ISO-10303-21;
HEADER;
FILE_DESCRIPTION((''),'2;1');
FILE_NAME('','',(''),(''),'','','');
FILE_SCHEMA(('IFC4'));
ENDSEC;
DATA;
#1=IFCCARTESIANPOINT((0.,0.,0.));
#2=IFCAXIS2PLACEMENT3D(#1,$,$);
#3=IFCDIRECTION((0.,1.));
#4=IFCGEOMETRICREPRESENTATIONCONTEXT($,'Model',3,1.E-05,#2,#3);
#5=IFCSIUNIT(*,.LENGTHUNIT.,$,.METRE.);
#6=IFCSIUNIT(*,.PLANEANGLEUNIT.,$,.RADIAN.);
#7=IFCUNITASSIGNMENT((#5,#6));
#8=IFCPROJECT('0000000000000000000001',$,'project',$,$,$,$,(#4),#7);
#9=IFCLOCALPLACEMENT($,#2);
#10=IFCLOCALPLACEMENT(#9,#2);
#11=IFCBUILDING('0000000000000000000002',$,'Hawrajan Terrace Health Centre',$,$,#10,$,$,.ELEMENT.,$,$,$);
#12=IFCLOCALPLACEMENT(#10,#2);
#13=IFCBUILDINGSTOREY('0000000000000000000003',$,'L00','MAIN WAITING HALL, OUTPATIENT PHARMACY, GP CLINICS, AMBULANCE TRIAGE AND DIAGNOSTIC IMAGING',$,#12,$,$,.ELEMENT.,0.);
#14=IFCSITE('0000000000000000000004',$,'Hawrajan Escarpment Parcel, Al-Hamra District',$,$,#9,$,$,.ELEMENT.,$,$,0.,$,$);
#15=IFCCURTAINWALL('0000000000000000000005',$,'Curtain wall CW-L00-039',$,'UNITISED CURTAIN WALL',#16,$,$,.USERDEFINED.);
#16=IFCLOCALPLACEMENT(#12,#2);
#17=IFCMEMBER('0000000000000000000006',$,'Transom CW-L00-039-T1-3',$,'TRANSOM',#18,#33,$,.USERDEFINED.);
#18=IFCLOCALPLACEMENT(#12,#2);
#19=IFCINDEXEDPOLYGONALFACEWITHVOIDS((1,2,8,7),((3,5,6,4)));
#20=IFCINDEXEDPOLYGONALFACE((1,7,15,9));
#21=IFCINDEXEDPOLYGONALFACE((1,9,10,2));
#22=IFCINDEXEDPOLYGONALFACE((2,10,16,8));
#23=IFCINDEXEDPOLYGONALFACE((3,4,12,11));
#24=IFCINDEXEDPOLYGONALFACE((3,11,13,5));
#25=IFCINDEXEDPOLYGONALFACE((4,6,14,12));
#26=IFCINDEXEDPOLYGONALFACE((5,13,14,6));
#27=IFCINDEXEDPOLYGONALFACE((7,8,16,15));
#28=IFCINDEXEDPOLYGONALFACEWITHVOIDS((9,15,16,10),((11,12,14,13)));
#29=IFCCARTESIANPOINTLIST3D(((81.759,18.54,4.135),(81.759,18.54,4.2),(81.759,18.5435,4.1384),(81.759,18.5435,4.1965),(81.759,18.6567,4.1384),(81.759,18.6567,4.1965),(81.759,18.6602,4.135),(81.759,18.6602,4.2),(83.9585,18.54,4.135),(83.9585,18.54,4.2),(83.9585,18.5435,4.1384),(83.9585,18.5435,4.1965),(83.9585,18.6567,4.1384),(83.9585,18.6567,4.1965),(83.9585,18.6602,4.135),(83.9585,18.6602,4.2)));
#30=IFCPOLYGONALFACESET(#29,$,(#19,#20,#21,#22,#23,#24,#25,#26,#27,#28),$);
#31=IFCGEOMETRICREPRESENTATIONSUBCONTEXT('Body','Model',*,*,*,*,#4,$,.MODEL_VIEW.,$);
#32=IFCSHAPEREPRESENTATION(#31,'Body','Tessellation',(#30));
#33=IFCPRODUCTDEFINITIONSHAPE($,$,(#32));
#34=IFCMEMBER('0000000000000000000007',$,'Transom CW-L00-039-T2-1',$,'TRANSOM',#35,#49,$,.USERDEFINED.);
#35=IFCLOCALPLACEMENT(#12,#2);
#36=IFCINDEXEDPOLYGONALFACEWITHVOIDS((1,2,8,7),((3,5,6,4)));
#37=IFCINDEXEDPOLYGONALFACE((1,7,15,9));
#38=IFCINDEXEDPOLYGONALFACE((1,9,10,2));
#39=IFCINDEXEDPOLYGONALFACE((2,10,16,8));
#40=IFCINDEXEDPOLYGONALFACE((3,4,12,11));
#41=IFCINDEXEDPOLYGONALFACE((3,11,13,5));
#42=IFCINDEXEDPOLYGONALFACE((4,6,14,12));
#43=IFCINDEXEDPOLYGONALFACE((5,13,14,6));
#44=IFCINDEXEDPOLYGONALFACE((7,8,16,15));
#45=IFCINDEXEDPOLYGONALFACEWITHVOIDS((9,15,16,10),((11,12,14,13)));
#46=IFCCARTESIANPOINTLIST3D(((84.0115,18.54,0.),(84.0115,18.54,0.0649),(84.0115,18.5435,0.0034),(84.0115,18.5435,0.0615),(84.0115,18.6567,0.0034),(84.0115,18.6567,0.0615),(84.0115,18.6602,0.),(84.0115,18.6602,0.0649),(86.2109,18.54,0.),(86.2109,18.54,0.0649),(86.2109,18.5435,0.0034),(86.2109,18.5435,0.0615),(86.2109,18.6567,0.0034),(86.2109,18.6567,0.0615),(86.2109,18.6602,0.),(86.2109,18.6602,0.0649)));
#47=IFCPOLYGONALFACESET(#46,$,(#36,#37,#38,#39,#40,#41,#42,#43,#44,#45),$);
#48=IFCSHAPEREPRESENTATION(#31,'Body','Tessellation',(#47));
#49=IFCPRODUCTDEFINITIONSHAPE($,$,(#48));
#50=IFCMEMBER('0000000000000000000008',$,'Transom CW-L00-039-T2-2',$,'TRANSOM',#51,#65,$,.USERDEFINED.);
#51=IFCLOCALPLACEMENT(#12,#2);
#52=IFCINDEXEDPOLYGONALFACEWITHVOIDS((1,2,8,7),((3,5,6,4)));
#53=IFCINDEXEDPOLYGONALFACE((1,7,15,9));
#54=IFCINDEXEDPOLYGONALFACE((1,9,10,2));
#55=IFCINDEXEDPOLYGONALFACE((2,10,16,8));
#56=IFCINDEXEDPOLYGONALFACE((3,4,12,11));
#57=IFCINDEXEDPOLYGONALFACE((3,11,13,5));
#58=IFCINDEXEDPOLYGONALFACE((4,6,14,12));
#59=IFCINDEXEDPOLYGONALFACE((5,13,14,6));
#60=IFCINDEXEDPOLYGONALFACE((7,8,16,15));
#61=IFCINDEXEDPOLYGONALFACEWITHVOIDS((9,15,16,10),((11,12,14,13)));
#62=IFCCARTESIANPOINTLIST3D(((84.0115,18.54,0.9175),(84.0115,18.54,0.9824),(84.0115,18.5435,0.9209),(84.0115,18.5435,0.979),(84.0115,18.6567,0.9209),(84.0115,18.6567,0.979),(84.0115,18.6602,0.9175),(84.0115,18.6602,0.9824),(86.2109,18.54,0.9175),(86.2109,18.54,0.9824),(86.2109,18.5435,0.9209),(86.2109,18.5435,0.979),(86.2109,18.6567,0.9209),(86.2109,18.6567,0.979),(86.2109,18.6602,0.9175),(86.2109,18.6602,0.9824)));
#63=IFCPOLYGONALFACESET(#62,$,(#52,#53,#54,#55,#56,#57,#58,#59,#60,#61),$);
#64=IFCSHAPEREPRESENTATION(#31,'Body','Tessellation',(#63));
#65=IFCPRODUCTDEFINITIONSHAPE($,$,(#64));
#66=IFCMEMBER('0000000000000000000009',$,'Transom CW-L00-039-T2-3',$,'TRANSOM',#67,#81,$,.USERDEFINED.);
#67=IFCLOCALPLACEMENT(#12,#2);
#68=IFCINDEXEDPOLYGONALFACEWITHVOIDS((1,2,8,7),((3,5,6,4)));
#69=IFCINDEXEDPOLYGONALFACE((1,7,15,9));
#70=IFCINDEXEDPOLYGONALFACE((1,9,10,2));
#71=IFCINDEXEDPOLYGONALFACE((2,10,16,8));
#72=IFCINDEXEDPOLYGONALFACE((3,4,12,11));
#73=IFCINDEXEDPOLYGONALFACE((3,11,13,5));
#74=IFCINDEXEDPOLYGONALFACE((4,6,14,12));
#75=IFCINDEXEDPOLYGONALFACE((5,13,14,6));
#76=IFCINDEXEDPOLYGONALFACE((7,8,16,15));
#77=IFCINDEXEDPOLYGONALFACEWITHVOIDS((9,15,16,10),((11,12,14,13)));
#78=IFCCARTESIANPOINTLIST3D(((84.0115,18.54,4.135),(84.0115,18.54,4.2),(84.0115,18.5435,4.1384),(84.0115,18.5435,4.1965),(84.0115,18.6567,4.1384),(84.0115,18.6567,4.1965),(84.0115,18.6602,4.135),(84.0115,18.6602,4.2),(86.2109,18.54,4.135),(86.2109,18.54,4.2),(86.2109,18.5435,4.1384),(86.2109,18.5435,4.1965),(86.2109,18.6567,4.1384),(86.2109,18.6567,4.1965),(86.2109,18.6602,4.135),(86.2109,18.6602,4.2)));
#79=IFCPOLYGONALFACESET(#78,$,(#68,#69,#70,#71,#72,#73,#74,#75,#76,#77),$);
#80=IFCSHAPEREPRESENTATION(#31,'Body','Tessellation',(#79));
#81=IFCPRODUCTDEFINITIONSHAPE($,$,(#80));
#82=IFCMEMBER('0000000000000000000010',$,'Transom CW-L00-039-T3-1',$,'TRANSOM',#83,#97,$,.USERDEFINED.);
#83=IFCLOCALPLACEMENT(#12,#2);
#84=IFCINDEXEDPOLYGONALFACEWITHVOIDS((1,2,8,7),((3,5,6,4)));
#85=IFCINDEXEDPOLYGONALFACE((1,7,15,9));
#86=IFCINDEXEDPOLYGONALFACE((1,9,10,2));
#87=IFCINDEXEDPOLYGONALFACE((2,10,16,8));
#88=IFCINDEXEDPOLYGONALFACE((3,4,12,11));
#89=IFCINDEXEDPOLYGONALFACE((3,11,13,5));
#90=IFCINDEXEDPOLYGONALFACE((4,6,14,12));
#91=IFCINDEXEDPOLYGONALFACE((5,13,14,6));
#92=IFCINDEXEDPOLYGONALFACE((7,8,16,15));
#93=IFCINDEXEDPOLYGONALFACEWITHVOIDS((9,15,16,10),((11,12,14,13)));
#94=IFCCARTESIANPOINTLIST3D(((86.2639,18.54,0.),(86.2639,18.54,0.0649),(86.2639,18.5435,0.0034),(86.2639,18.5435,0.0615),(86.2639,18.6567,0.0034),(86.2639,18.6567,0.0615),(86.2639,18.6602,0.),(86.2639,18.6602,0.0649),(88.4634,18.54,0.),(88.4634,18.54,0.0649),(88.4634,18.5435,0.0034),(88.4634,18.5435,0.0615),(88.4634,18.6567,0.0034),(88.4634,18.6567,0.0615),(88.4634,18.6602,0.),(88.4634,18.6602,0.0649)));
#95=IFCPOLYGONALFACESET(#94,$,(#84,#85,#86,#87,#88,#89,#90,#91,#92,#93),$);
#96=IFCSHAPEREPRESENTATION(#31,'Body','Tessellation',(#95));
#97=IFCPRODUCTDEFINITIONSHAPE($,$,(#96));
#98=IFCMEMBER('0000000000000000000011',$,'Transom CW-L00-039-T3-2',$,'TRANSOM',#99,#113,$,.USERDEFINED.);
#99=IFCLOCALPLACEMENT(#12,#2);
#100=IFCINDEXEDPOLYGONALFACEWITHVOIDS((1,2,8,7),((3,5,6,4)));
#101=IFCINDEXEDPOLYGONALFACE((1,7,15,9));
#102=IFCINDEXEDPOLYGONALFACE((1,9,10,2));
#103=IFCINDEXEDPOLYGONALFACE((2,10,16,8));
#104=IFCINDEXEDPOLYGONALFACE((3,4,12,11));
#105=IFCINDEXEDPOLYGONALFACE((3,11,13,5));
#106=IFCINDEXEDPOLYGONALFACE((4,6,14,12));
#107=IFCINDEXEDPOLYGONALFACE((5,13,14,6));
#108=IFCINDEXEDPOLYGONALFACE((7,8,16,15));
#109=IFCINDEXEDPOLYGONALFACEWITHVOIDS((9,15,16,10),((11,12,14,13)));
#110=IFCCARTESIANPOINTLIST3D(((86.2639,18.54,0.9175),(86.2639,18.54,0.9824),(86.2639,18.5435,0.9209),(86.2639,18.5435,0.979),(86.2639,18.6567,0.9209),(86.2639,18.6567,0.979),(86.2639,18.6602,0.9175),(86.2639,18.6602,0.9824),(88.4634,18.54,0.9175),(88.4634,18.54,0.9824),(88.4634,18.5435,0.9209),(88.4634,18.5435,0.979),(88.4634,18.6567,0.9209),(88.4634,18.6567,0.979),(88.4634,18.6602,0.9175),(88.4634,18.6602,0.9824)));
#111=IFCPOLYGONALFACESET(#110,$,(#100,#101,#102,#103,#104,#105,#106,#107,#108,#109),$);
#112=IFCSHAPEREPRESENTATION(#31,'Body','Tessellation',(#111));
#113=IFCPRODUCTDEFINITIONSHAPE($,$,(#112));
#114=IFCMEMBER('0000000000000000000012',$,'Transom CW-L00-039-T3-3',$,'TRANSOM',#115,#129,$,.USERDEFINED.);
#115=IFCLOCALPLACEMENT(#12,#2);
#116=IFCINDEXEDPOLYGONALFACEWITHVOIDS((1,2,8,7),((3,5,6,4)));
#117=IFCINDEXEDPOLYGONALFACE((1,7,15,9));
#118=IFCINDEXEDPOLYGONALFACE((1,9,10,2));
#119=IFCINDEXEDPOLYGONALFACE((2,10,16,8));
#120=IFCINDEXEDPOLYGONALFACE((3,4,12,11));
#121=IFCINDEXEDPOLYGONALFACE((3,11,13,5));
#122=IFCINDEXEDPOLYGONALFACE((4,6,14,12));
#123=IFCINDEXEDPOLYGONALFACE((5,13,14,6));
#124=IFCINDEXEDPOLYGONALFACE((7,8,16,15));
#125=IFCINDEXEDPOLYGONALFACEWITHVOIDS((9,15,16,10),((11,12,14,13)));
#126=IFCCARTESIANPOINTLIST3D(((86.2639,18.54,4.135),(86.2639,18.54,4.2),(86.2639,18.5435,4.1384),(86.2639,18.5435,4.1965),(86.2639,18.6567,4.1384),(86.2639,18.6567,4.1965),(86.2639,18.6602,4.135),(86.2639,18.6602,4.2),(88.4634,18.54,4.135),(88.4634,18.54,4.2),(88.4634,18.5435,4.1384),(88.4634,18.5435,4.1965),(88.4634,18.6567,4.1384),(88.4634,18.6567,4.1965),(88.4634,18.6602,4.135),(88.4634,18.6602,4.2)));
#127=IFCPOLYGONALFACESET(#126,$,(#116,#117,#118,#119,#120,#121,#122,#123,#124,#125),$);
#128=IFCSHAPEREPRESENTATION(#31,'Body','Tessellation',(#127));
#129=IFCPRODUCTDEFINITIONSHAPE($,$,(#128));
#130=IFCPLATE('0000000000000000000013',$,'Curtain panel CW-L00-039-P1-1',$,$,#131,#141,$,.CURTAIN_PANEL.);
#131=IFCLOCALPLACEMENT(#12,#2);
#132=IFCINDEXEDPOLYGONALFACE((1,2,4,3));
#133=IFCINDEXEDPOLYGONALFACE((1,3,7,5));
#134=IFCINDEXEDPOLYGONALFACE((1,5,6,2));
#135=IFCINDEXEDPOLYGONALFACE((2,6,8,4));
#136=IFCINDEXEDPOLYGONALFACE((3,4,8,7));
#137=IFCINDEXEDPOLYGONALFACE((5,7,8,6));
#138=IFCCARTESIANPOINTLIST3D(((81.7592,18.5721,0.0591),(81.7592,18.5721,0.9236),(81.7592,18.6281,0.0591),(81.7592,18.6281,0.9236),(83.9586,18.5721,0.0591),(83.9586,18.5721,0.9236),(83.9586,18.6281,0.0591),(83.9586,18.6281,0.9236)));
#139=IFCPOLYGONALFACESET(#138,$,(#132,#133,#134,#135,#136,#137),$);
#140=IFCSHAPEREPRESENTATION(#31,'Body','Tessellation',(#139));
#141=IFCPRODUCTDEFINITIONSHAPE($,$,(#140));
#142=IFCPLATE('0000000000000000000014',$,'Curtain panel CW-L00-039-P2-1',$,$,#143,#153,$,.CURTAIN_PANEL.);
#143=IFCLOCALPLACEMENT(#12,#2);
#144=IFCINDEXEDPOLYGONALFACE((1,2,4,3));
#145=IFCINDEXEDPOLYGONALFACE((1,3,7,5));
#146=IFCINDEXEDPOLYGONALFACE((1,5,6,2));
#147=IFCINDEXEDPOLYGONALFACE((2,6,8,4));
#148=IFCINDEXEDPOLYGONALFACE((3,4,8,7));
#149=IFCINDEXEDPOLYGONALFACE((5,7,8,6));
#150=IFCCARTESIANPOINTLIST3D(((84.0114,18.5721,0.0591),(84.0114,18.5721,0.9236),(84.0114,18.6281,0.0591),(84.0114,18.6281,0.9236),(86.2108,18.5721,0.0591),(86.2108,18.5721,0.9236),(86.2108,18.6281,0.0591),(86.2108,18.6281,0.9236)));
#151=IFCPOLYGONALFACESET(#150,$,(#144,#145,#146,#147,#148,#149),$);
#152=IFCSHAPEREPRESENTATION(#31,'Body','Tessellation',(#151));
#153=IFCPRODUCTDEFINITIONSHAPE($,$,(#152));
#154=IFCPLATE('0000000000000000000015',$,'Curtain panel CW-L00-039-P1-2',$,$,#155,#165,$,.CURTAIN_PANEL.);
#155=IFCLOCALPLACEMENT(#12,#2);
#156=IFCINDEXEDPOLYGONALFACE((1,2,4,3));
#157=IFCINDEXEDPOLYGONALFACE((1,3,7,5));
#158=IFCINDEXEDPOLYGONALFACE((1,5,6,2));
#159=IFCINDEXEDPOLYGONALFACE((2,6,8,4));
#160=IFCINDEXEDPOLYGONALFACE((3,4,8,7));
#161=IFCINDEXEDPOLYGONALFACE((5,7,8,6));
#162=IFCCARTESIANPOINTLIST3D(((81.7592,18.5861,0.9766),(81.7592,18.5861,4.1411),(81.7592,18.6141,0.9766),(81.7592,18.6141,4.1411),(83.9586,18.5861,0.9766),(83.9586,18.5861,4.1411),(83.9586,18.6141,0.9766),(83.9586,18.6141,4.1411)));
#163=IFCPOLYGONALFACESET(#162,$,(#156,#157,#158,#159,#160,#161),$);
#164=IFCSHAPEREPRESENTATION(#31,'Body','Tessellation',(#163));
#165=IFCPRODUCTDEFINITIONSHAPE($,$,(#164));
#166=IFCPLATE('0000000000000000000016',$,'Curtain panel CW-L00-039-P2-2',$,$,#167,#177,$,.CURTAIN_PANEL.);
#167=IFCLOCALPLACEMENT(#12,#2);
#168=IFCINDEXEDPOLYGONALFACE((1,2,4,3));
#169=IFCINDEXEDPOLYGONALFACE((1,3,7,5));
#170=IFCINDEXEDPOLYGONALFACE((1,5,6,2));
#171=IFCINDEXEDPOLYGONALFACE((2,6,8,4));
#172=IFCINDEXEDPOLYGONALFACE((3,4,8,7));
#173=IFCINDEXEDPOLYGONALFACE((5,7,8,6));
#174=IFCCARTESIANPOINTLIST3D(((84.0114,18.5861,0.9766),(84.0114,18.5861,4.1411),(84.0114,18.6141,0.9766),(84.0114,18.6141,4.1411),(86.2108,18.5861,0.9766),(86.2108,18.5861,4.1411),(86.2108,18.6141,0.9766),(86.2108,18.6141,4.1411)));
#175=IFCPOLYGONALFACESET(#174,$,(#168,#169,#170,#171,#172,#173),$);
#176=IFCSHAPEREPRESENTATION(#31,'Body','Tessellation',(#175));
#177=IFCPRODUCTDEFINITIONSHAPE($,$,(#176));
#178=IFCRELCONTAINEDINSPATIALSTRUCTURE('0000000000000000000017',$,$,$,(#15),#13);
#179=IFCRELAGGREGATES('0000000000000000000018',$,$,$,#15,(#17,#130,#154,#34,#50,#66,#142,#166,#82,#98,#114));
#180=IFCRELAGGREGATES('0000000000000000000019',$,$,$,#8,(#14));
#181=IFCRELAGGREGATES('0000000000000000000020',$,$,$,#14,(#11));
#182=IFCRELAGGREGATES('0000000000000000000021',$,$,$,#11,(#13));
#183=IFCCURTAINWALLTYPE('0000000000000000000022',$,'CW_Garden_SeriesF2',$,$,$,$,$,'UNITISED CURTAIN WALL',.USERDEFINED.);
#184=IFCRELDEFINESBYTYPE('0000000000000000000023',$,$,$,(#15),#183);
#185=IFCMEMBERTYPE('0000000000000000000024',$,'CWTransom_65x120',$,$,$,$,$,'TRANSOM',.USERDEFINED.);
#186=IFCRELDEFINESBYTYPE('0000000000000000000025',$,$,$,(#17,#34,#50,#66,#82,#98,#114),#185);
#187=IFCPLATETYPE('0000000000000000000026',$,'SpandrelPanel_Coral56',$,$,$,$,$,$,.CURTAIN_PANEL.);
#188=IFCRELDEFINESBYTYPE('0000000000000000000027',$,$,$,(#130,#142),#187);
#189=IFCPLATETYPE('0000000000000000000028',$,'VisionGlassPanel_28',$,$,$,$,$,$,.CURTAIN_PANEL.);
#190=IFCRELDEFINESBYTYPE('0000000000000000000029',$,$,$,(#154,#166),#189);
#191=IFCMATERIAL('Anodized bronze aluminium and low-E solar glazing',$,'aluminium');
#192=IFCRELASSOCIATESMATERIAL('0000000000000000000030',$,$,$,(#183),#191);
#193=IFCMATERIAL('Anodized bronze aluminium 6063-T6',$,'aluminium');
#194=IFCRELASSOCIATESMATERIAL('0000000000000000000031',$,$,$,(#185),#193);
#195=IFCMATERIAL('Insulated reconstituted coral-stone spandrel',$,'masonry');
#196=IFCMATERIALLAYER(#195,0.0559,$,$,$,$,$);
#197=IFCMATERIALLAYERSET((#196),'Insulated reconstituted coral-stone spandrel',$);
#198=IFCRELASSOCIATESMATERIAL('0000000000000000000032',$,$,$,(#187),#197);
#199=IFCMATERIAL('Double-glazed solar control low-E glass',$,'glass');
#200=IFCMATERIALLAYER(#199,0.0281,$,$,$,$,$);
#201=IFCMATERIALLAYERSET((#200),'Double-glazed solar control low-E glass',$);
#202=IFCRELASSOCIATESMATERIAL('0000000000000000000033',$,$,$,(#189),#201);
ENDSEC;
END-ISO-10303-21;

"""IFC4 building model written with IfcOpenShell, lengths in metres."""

from ifc_helpers import new_model, si_unit, direction, frame, origin, origin_2d, place, context, subcontext, project, spatial, rectangle, hollow_rectangle, extrude, material, layer, layer_set, material_profile, profile_set, type_object, element, aggregate, save


model = new_model("IFC4")

# Units and contexts
model_context = context("Model", 3, precision=1e-05, world=origin(), true_north=direction((0.0, 1.0)))
body_context = subcontext(model_context, "Body", "Model", "MODEL_VIEW")
ifc_project = project(units=[si_unit("LENGTHUNIT", "METRE"), si_unit("PLANEANGLEUNIT", "RADIAN")], contexts=[model_context])

# Site, building, storey
site_placement = place(None, origin())
site = spatial("IfcSite", under=ifc_project, at=site_placement, Name="Hawrajan Escarpment Parcel, Al-Hamra District", CompositionType="ELEMENT", RefElevation=0.0)
building_placement = place(site_placement, origin())
building = spatial("IfcBuilding", under=site, at=building_placement, Name="Hawrajan Terrace Health Centre", CompositionType="ELEMENT")
storey_placement = place(building_placement, origin())
storey = spatial("IfcBuildingStorey", under=building, at=storey_placement, Name="L00", Description="MAIN WAITING HALL, OUTPATIENT PHARMACY, GP CLINICS, AMBULANCE TRIAGE AND DIAGNOSTIC IMAGING", CompositionType="ELEMENT", Elevation=0.0)

# Curtain wall, members, plates
ifc_material_1 = material(Name="Anodized bronze aluminium and low-E solar glazing", Category="aluminium")
curtain_wall_type = type_object("IfcCurtainWallType", Name="CW_Garden_SeriesF2", ElementType="UNITISED CURTAIN WALL", PredefinedType="USERDEFINED", material=ifc_material_1)
curtain_wall_placement = place(storey_placement, origin())
curtain_wall = element("IfcCurtainWall", 1, at=curtain_wall_placement, inside=storey, type_object=curtain_wall_type, Name="Curtain wall CW-L00-039", ObjectType="UNITISED CURTAIN WALL", PredefinedType="USERDEFINED")
ifc_material_2 = material(Name="Anodized bronze aluminium 6063-T6", Category="aluminium")
ifc_material_profile_1 = material_profile(ifc_material_2, hollow_rectangle(XDim=0.0649, YDim=0.1201, WallThickness=0.0034, at=origin_2d()), Name="CW TRN 65x120")
ifc_profile_set_1 = profile_set([ifc_material_profile_1], Name="Anodized bronze aluminium 6063-T6")
member_type_1 = type_object("IfcMemberType", Name="CWTransom_65x120", ElementType="TRANSOM", PredefinedType="USERDEFINED", material=ifc_profile_set_1)
member_1_placement = place(storey_placement, frame((81.759, 18.6001, 4.1675), z_axis=(1.0, 0.0, 0.0), x_axis=(0.0, 0.0, 1.0)))
member_1 = element("IfcMember", 2, at=member_1_placement, type_object=member_type_1, Name="Transom CW-L00-039-T1-3", ObjectType="TRANSOM", PredefinedType="USERDEFINED", context=body_context, shape_type="SweptSolid", body=[
    extrude(hollow_rectangle(XDim=0.0649, YDim=0.1201, WallThickness=0.0034, at=origin_2d()), origin(), (0.0, 0.0, 1.0), 2.1995),
])
member_2_placement = place(storey_placement, frame((84.0115, 18.6001, 0.0325), z_axis=(1.0, 0.0, 0.0), x_axis=(0.0, 0.0, 1.0)))
member_2 = element("IfcMember", 3, at=member_2_placement, type_object=member_type_1, Name="Transom CW-L00-039-T2-1", ObjectType="TRANSOM", PredefinedType="USERDEFINED", context=body_context, shape_type="SweptSolid", body=[
    extrude(hollow_rectangle(XDim=0.0649, YDim=0.1201, WallThickness=0.0034, at=origin_2d()), origin(), (0.0, 0.0, 1.0), 2.1995),
])
member_3_placement = place(storey_placement, frame((84.0115, 18.6001, 0.95), z_axis=(1.0, 0.0, 0.0), x_axis=(0.0, 0.0, 1.0)))
member_3 = element("IfcMember", 4, at=member_3_placement, type_object=member_type_1, Name="Transom CW-L00-039-T2-2", ObjectType="TRANSOM", PredefinedType="USERDEFINED", context=body_context, shape_type="SweptSolid", body=[
    extrude(hollow_rectangle(XDim=0.0649, YDim=0.1201, WallThickness=0.0034, at=origin_2d()), origin(), (0.0, 0.0, 1.0), 2.1995),
])
member_4_placement = place(storey_placement, frame((84.0115, 18.6001, 4.1675), z_axis=(1.0, 0.0, 0.0), x_axis=(0.0, 0.0, 1.0)))
member_4 = element("IfcMember", 5, at=member_4_placement, type_object=member_type_1, Name="Transom CW-L00-039-T2-3", ObjectType="TRANSOM", PredefinedType="USERDEFINED", context=body_context, shape_type="SweptSolid", body=[
    extrude(hollow_rectangle(XDim=0.0649, YDim=0.1201, WallThickness=0.0034, at=origin_2d()), origin(), (0.0, 0.0, 1.0), 2.1995),
])
member_5_placement = place(storey_placement, frame((86.2639, 18.6001, 0.0325), z_axis=(1.0, 0.0, 0.0), x_axis=(0.0, 0.0, 1.0)))
member_5 = element("IfcMember", 6, at=member_5_placement, type_object=member_type_1, Name="Transom CW-L00-039-T3-1", ObjectType="TRANSOM", PredefinedType="USERDEFINED", context=body_context, shape_type="SweptSolid", body=[
    extrude(hollow_rectangle(XDim=0.0649, YDim=0.1201, WallThickness=0.0034, at=origin_2d()), origin(), (0.0, 0.0, 1.0), 2.1995),
])
member_6_placement = place(storey_placement, frame((86.2639, 18.6001, 0.95), z_axis=(1.0, 0.0, 0.0), x_axis=(0.0, 0.0, 1.0)))
member_6 = element("IfcMember", 7, at=member_6_placement, type_object=member_type_1, Name="Transom CW-L00-039-T3-2", ObjectType="TRANSOM", PredefinedType="USERDEFINED", context=body_context, shape_type="SweptSolid", body=[
    extrude(hollow_rectangle(XDim=0.0649, YDim=0.1201, WallThickness=0.0034, at=origin_2d()), origin(), (0.0, 0.0, 1.0), 2.1995),
])
member_7_placement = place(storey_placement, frame((86.2639, 18.6001, 4.1675), z_axis=(1.0, 0.0, 0.0), x_axis=(0.0, 0.0, 1.0)))
member_7 = element("IfcMember", 8, at=member_7_placement, type_object=member_type_1, Name="Transom CW-L00-039-T3-3", ObjectType="TRANSOM", PredefinedType="USERDEFINED", context=body_context, shape_type="SweptSolid", body=[
    extrude(hollow_rectangle(XDim=0.0649, YDim=0.1201, WallThickness=0.0034, at=origin_2d()), origin(), (0.0, 0.0, 1.0), 2.1995),
])
ifc_material_3 = material(Name="Insulated reconstituted coral-stone spandrel", Category="masonry")
ifc_layer_1 = layer(ifc_material_3, 0.0559)
ifc_layer_set_1 = layer_set([ifc_layer_1], Name="Insulated reconstituted coral-stone spandrel")
plate_type_1 = type_object("IfcPlateType", Name="SpandrelPanel_Coral56", PredefinedType="CURTAIN_PANEL", material=ifc_layer_set_1)
plate_1_placement = place(storey_placement, frame((82.8589, 18.6001, 0.0591), z_axis=(0.0, 0.0, 1.0), x_axis=(1.0, 0.0, 0.0)))
plate_1 = element("IfcPlate", 9, at=plate_1_placement, type_object=plate_type_1, Name="Curtain panel CW-L00-039-P1-1", PredefinedType="CURTAIN_PANEL", context=body_context, shape_type="SweptSolid", body=[
    extrude(rectangle(XDim=2.1995, YDim=0.0559, at=origin_2d()), origin(), (0.0, 0.0, 1.0), 0.8645),
])
plate_2_placement = place(storey_placement, frame((85.1111, 18.6001, 0.0591), z_axis=(0.0, 0.0, 1.0), x_axis=(1.0, 0.0, 0.0)))
plate_2 = element("IfcPlate", 10, at=plate_2_placement, type_object=plate_type_1, Name="Curtain panel CW-L00-039-P2-1", PredefinedType="CURTAIN_PANEL", context=body_context, shape_type="SweptSolid", body=[
    extrude(rectangle(XDim=2.1995, YDim=0.0559, at=origin_2d()), origin(), (0.0, 0.0, 1.0), 0.8645),
])
ifc_material_4 = material(Name="Double-glazed solar control low-E glass", Category="glass")
ifc_layer_2 = layer(ifc_material_4, 0.0281)
ifc_layer_set_2 = layer_set([ifc_layer_2], Name="Double-glazed solar control low-E glass")
plate_type_2 = type_object("IfcPlateType", Name="VisionGlassPanel_28", PredefinedType="CURTAIN_PANEL", material=ifc_layer_set_2)
plate_3_placement = place(storey_placement, frame((82.8589, 18.6001, 0.9766), z_axis=(0.0, 0.0, 1.0), x_axis=(1.0, 0.0, 0.0)))
plate_3 = element("IfcPlate", 11, at=plate_3_placement, type_object=plate_type_2, Name="Curtain panel CW-L00-039-P1-2", PredefinedType="CURTAIN_PANEL", context=body_context, shape_type="SweptSolid", body=[
    extrude(rectangle(XDim=2.1995, YDim=0.0281, at=origin_2d()), origin(), (0.0, 0.0, 1.0), 3.1646),
])
plate_4_placement = place(storey_placement, frame((85.1111, 18.6001, 0.9766), z_axis=(0.0, 0.0, 1.0), x_axis=(1.0, 0.0, 0.0)))
plate_4 = element("IfcPlate", 12, at=plate_4_placement, type_object=plate_type_2, Name="Curtain panel CW-L00-039-P2-2", PredefinedType="CURTAIN_PANEL", context=body_context, shape_type="SweptSolid", body=[
    extrude(rectangle(XDim=2.1995, YDim=0.0281, at=origin_2d()), origin(), (0.0, 0.0, 1.0), 3.1646),
])
aggregate(curtain_wall, [member_1, plate_1, plate_3, member_2, member_3, member_4, plate_2, plate_4, member_5, member_6, member_7])

save(model, "model.ifc")
